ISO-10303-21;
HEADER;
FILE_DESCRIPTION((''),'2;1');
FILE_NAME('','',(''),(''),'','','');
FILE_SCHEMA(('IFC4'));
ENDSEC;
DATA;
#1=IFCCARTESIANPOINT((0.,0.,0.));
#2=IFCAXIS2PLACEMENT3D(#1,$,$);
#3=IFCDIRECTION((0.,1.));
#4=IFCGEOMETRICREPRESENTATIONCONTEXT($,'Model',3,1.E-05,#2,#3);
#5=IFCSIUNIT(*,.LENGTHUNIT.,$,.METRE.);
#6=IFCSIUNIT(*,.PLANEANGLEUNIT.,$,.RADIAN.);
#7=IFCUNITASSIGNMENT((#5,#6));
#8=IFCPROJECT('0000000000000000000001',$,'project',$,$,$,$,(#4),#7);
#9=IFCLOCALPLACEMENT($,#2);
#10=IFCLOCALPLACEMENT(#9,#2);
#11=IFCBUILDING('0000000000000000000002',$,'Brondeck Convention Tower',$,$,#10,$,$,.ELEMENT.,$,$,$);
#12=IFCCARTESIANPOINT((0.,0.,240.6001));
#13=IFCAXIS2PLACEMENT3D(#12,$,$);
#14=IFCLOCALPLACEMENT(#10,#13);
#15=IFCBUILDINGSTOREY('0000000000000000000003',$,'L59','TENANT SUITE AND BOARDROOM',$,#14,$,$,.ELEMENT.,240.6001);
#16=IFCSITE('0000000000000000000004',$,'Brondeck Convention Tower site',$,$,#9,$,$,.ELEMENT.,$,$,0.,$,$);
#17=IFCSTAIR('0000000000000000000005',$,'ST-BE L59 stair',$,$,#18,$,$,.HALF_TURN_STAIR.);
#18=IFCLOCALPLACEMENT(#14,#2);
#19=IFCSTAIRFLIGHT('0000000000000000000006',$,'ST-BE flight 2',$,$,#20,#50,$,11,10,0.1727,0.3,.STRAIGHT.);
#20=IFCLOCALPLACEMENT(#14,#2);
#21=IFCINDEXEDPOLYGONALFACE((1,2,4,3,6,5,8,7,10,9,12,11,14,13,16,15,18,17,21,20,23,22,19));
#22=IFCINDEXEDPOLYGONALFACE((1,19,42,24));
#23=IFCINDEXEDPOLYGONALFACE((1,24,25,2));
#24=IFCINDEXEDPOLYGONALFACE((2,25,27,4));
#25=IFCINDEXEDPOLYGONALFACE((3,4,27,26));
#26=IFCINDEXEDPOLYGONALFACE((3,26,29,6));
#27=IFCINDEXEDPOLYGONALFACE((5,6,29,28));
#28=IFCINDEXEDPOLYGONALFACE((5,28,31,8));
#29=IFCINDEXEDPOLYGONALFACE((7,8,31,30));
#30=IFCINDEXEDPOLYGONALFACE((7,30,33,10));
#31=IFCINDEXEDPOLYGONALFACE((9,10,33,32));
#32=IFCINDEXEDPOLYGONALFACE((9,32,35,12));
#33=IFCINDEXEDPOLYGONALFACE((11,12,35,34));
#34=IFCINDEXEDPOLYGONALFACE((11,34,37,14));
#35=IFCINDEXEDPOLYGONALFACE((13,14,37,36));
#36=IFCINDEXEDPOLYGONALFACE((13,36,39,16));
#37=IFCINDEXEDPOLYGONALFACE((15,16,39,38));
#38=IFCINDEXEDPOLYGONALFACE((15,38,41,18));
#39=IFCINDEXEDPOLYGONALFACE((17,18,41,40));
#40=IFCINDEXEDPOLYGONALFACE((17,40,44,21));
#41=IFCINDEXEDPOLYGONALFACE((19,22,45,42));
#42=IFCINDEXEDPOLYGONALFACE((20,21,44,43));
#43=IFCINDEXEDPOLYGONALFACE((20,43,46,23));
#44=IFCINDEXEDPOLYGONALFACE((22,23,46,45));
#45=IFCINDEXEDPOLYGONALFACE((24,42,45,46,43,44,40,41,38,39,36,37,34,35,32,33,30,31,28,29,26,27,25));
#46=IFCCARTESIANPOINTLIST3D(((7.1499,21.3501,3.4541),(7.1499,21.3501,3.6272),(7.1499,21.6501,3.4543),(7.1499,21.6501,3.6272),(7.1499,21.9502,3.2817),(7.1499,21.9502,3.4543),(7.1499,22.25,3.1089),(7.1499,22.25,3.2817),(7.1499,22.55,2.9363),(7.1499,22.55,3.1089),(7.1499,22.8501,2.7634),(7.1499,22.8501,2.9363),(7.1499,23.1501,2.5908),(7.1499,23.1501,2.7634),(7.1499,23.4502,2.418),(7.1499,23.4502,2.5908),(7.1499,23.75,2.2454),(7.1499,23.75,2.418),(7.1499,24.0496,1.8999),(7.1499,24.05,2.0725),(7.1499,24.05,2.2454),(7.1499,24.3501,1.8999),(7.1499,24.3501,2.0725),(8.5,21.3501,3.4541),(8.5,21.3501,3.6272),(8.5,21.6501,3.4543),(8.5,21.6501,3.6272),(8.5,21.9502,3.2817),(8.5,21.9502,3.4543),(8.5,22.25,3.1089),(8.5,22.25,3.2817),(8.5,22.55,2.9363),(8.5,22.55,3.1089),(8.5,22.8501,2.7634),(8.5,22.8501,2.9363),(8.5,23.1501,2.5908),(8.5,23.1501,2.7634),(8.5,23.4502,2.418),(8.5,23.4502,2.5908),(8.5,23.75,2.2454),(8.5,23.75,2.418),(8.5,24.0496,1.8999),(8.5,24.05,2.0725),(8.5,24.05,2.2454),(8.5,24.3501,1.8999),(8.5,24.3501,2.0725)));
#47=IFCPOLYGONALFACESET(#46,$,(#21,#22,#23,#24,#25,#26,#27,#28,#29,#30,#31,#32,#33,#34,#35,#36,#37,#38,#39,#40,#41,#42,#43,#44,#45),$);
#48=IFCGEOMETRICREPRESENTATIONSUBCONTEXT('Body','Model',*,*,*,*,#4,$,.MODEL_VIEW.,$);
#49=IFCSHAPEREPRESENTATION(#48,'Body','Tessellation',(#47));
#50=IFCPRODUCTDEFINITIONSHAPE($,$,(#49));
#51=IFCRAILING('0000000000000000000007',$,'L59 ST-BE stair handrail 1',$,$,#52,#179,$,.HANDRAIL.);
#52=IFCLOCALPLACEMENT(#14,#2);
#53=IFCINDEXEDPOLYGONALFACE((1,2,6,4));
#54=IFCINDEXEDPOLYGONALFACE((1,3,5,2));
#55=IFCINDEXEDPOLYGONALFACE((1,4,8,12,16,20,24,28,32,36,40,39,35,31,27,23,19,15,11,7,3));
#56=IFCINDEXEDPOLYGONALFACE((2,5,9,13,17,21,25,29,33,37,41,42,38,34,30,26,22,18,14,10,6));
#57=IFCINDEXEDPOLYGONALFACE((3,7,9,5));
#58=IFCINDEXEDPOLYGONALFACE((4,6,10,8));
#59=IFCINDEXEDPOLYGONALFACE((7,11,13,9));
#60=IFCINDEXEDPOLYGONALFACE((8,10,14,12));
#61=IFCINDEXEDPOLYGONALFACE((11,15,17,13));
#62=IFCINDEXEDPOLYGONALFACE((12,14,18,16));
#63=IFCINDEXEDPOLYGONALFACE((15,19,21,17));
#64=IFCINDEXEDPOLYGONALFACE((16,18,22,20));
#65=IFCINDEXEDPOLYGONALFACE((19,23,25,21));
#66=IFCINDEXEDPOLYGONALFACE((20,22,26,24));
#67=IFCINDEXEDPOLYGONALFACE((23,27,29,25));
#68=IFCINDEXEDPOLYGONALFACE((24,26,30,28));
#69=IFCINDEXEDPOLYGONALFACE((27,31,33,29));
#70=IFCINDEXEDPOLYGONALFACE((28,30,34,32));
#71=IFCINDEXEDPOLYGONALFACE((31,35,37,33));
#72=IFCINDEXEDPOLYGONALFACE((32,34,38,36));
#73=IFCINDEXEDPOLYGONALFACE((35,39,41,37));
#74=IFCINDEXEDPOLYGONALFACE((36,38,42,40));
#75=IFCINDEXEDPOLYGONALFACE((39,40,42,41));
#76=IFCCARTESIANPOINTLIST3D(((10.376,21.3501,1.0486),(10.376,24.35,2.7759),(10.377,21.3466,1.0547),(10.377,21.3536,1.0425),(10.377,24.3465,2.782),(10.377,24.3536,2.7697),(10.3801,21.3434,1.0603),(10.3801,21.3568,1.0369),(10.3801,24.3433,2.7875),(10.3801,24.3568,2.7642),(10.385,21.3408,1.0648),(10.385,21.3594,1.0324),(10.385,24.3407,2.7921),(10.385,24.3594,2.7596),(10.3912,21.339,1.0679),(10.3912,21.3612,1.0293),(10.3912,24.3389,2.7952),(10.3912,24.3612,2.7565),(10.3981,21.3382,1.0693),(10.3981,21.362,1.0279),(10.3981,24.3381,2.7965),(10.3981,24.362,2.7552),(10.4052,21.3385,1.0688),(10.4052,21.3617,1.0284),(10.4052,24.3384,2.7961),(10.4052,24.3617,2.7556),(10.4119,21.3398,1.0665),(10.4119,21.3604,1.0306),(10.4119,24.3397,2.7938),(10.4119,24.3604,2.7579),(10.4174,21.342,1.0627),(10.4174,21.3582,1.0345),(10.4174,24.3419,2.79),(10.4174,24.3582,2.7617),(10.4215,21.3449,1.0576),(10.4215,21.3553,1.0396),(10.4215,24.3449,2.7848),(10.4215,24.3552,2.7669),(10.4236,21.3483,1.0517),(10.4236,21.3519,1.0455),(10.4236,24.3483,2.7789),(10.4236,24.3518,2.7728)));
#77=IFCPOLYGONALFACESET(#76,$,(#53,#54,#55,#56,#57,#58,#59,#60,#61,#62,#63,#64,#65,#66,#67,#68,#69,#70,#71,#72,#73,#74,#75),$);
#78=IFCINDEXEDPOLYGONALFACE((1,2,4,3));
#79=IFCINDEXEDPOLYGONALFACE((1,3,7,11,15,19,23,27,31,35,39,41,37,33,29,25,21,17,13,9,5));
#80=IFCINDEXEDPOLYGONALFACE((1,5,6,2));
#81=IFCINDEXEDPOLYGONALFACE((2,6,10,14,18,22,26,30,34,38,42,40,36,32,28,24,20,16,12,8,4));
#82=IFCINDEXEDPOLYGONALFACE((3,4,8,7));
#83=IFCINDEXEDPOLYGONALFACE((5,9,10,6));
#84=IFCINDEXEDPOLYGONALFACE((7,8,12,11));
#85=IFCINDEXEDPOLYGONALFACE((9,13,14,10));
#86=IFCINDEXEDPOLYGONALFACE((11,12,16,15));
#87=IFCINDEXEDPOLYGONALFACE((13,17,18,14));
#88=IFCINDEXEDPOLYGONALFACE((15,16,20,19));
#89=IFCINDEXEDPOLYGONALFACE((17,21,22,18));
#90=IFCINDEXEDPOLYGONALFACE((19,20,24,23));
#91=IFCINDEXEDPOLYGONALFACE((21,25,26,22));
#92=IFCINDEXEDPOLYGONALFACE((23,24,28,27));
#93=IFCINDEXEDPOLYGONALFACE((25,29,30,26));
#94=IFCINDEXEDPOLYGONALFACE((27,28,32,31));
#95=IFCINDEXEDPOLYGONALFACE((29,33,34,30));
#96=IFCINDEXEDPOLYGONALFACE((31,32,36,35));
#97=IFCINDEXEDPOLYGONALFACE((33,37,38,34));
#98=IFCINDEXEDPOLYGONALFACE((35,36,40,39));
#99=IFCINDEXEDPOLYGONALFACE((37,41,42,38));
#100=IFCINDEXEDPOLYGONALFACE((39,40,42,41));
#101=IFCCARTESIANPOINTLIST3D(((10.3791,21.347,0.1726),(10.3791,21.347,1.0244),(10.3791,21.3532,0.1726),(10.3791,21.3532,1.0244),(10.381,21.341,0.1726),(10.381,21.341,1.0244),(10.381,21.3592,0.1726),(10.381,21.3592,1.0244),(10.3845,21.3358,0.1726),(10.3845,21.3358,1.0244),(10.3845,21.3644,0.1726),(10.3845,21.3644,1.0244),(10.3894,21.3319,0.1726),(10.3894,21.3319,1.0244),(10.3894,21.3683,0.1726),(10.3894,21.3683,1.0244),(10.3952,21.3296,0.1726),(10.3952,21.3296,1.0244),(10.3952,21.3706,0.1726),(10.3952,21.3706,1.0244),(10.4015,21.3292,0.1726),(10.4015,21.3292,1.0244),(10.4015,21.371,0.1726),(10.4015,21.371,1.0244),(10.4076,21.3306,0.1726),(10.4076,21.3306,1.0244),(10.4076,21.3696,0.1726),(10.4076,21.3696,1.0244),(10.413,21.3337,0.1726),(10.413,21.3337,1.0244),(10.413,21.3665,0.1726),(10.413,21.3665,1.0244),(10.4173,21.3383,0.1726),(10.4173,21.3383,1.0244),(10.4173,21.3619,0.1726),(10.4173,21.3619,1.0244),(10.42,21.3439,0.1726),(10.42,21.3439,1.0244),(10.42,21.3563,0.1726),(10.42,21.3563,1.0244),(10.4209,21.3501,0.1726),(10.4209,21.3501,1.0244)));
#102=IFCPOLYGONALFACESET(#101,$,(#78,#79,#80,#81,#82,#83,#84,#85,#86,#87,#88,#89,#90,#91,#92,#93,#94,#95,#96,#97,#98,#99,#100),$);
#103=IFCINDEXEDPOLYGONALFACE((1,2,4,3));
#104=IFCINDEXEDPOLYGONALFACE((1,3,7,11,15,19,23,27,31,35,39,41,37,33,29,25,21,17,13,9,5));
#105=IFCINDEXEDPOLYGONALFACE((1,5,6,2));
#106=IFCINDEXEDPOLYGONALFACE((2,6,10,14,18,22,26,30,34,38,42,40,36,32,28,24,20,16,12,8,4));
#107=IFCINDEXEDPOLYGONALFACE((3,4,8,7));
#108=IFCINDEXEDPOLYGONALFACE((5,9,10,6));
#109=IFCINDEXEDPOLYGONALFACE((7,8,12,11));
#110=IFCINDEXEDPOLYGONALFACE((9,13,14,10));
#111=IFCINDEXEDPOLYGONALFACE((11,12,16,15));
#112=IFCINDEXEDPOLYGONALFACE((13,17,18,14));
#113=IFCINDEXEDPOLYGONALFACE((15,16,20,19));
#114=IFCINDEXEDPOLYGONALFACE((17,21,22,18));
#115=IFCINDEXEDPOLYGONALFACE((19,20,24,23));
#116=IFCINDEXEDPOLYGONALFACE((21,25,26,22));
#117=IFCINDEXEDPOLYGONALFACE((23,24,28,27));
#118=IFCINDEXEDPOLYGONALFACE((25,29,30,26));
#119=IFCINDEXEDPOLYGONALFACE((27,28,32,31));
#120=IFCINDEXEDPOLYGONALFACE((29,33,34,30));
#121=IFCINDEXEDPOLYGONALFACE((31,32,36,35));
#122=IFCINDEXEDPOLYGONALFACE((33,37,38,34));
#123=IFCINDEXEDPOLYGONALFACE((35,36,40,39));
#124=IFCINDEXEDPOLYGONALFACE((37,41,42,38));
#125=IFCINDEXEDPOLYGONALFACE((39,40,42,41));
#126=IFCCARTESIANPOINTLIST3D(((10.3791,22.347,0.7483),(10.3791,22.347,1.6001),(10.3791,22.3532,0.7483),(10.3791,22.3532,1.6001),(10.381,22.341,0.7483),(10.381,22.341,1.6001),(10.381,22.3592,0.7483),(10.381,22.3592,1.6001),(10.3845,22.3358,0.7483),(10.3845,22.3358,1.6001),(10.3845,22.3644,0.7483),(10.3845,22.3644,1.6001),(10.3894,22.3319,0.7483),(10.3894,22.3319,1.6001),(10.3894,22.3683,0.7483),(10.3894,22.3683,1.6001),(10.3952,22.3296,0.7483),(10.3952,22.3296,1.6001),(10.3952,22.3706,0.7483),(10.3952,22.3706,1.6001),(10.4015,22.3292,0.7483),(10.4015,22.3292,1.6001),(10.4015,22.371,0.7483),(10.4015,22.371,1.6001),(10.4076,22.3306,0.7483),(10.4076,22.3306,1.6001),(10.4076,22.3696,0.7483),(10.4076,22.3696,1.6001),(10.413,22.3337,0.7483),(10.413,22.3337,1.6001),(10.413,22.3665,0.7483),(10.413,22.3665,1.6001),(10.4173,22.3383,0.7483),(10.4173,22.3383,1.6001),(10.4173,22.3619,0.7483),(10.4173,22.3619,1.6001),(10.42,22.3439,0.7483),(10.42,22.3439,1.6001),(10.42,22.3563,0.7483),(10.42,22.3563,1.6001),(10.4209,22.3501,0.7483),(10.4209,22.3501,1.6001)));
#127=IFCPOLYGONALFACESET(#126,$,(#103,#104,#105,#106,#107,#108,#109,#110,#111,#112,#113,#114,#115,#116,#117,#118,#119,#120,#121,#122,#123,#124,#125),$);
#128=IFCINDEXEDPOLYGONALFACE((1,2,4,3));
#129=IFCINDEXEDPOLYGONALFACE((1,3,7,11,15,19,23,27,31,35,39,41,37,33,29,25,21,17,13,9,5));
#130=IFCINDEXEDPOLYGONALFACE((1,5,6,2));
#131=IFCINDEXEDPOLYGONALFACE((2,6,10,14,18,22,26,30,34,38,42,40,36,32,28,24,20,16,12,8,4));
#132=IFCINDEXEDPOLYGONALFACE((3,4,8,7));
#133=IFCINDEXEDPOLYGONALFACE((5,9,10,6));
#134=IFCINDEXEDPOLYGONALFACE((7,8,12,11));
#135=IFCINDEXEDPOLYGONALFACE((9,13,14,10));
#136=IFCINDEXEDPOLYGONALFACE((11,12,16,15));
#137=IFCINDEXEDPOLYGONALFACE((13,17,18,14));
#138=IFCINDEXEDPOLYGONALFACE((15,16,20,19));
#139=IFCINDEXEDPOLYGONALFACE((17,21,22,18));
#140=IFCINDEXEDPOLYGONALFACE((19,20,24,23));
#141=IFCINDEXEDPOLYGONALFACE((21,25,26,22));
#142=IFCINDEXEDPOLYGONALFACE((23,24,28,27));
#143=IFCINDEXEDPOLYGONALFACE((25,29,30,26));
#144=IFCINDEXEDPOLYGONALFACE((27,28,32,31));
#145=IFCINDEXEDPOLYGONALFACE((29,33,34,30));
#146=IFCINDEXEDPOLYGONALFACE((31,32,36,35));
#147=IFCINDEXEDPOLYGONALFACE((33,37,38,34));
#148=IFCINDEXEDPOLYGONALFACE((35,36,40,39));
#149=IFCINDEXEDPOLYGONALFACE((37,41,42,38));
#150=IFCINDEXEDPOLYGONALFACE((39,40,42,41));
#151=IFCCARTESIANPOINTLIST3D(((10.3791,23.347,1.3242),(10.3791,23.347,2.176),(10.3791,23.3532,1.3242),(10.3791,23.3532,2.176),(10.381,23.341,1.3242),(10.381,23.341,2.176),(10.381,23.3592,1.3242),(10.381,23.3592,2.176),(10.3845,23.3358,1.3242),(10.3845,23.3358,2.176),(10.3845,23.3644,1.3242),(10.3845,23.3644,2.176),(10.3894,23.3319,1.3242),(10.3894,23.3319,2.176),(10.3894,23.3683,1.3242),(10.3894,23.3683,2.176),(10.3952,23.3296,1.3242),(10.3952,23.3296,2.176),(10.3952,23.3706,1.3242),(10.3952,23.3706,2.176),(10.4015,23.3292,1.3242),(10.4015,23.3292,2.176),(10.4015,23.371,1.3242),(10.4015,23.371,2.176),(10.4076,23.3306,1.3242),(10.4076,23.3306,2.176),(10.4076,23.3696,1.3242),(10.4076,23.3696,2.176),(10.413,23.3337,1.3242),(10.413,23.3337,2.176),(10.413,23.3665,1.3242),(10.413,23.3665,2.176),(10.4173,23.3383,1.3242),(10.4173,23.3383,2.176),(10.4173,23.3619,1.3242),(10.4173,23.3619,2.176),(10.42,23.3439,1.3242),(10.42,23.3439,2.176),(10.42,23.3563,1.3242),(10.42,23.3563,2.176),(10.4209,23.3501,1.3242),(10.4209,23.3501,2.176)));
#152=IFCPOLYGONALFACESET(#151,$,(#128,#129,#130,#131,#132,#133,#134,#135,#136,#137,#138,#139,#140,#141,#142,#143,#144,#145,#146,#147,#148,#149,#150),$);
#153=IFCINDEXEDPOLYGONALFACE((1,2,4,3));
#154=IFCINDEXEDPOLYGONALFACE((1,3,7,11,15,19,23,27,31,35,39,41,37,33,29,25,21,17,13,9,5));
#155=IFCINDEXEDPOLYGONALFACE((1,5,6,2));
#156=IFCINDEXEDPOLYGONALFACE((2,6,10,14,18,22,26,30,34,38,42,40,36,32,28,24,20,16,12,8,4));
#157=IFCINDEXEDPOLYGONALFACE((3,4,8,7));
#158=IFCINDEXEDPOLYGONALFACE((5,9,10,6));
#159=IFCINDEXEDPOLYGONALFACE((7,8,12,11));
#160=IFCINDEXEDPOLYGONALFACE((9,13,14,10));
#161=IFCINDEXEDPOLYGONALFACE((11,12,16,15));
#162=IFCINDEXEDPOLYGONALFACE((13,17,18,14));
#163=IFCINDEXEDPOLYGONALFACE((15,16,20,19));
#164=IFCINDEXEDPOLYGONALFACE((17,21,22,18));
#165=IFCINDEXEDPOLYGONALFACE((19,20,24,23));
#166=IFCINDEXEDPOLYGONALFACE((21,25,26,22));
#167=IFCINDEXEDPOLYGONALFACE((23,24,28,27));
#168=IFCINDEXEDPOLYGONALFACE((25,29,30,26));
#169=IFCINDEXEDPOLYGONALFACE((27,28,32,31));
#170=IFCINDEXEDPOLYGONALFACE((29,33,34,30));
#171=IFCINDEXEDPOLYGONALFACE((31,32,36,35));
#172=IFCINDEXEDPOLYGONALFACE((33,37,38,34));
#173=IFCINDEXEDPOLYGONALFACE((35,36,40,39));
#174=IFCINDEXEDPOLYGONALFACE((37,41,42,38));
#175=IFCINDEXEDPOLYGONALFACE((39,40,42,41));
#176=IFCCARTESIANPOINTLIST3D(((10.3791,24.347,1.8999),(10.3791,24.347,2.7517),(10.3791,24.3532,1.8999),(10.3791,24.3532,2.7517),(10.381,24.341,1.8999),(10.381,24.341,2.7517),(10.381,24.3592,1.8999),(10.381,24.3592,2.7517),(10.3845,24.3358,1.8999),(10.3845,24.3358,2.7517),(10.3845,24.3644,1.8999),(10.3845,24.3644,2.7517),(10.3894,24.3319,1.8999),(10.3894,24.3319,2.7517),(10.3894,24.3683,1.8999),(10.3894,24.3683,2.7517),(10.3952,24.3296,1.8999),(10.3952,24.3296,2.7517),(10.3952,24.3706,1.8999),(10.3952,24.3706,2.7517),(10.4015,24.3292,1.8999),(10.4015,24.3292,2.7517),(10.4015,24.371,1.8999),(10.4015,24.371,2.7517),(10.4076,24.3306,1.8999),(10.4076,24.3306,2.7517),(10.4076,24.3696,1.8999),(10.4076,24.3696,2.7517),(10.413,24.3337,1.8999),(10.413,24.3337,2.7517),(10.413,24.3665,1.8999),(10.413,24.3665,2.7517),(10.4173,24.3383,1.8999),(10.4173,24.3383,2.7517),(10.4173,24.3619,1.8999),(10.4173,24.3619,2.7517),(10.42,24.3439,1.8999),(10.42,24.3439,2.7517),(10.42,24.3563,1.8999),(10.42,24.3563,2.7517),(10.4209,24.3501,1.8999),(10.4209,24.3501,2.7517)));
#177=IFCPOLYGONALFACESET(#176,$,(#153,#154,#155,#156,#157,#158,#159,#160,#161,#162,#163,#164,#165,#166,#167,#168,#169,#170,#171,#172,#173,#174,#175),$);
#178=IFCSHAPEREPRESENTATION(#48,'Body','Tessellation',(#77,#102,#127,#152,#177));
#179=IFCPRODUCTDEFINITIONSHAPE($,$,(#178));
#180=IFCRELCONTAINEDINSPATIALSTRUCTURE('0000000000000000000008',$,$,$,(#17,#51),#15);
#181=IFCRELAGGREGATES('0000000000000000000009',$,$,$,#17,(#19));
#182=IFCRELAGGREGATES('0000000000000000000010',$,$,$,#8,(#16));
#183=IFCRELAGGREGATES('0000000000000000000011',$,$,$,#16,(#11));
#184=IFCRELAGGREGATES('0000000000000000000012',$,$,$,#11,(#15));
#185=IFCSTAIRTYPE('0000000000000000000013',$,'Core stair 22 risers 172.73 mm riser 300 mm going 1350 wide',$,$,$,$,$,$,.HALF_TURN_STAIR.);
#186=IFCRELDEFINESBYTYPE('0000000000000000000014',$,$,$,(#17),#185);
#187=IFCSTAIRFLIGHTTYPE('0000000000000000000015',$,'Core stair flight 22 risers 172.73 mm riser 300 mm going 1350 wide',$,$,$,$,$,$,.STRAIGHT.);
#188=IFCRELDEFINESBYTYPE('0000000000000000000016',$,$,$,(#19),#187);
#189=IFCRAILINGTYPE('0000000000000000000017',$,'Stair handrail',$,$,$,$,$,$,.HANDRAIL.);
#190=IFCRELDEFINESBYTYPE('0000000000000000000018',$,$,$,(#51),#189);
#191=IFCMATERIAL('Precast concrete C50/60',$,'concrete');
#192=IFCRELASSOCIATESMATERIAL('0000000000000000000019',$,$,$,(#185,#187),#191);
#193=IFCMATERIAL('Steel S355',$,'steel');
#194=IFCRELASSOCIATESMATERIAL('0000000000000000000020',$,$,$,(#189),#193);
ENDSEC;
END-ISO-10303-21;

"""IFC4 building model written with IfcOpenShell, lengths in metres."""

from ifc_helpers import new_model, si_unit, direction, frame, origin, origin_2d, place, context, subcontext, project, spatial, polyline, circle, outline, extrude, material, type_object, element, aggregate, save


model = new_model("IFC4")

# Units and contexts
model_context = context("Model", 3, precision=1e-05, world=origin(), true_north=direction((0.0, 1.0)))
body_context = subcontext(model_context, "Body", "Model", "MODEL_VIEW")
ifc_project = project(units=[si_unit("LENGTHUNIT", "METRE"), si_unit("PLANEANGLEUNIT", "RADIAN")], contexts=[model_context])

# Site, building, storey
site_placement = place(None, origin())
site = spatial("IfcSite", under=ifc_project, at=site_placement, Name="Brondeck Convention Tower site", CompositionType="ELEMENT", RefElevation=0.0)
building_placement = place(site_placement, origin())
building = spatial("IfcBuilding", under=site, at=building_placement, Name="Brondeck Convention Tower", CompositionType="ELEMENT")
storey_placement = place(building_placement, frame((0.0, 0.0, 240.6001)))
storey = spatial("IfcBuildingStorey", under=building, at=storey_placement, Name="L59", Description="TENANT SUITE AND BOARDROOM", CompositionType="ELEMENT", Elevation=240.6001)

# Shared definitions
ifc_material_1 = material(Name="Steel S355", Category="steel")

# Stair, stair flight
ifc_material_2 = material(Name="Precast concrete C50/60", Category="concrete")
stair_type = type_object("IfcStairType", Name="Core stair 22 risers 172.73 mm riser 300 mm going 1350 wide", PredefinedType="HALF_TURN_STAIR", material=ifc_material_2)
stair_placement = place(storey_placement, origin())
stair = element("IfcStair", 1, at=stair_placement, inside=storey, type_object=stair_type, Name="ST-BE L59 stair", PredefinedType="HALF_TURN_STAIR")
stair_flight_type = type_object("IfcStairFlightType", Name="Core stair flight 22 risers 172.73 mm riser 300 mm going 1350 wide", PredefinedType="STRAIGHT", material=ifc_material_2)
stair_flight_1_placement = place(storey_placement, frame((7.825, 24.3501, 1.8999), z_axis=(0.0, 0.0, 1.0), x_axis=(0.0, -1.0, 0.0)))
stair_flight_1 = element("IfcStairFlight", 2, at=stair_flight_1_placement, type_object=stair_flight_type, Name="ST-BE flight 2", NumberOfRisers=11, NumberOfTreads=10, PredefinedType="STRAIGHT", RiserHeight=0.1727, TreadLength=0.3, context=body_context, shape_type="SweptSolid", body=[
    extrude(outline(polyline([(0.0, 0.0), (0.0, 0.1726), (0.3, 0.1726), (0.3, 0.3455), (0.6001, 0.3455), (0.6001, 0.5181), (0.8999, 0.5181), (0.8999, 0.6909), (1.2, 0.6909), (1.2, 0.8635), (1.5, 0.8635), (1.5, 1.0364), (1.8, 1.0364), (1.8, 1.209), (2.1001, 1.209), (2.1001, 1.3818), (2.3999, 1.3818), (2.3999, 1.5544), (2.7, 1.5544), (2.7, 1.7273), (3.0, 1.7273), (3.0, 1.8999), (3.0, 1.5542), (0.3005, 0.0), (0.0, 0.0)])), frame((0.0, 0.675, 0.0), z_axis=(0.0, -1.0, 0.0), x_axis=(1.0, 0.0, 0.0)), (0.0, 0.0, 1.0), 1.3501),
])
aggregate(stair, [stair_flight_1])

# Railing
railing_type_1 = type_object("IfcRailingType", Name="Stair handrail", PredefinedType="HANDRAIL", material=ifc_material_1)
railing_1_placement = place(storey_placement, frame((10.3999, 21.3501, 0.1726)))
element("IfcRailing", 3, at=railing_1_placement, inside=storey, type_object=railing_type_1, Name="L59 ST-BE stair handrail 1", PredefinedType="HANDRAIL", context=body_context, shape_type="SweptSolid", body=[
    extrude(circle(Radius=0.0239, at=origin_2d()), frame((0.0, 0.0, 0.876), z_axis=(0.0, 0.86662, 0.498969), x_axis=(-1.0, 0.0, 0.0)), (0.0, 0.0, 1.0), 3.4617),
    extrude(circle(Radius=0.021, at=origin_2d()), origin(), (0.0, 0.0, 1.0), 0.8518),
    extrude(circle(Radius=0.021, at=origin_2d()), frame((0.0, 1.0, 0.5757)), (0.0, 0.0, 1.0), 0.8518),
    extrude(circle(Radius=0.021, at=origin_2d()), frame((0.0, 2.0, 1.1516)), (0.0, 0.0, 1.0), 0.8518),
    extrude(circle(Radius=0.021, at=origin_2d()), frame((0.0, 3.0, 1.7273)), (0.0, 0.0, 1.0), 0.8518),
])

save(model, "model.ifc")
